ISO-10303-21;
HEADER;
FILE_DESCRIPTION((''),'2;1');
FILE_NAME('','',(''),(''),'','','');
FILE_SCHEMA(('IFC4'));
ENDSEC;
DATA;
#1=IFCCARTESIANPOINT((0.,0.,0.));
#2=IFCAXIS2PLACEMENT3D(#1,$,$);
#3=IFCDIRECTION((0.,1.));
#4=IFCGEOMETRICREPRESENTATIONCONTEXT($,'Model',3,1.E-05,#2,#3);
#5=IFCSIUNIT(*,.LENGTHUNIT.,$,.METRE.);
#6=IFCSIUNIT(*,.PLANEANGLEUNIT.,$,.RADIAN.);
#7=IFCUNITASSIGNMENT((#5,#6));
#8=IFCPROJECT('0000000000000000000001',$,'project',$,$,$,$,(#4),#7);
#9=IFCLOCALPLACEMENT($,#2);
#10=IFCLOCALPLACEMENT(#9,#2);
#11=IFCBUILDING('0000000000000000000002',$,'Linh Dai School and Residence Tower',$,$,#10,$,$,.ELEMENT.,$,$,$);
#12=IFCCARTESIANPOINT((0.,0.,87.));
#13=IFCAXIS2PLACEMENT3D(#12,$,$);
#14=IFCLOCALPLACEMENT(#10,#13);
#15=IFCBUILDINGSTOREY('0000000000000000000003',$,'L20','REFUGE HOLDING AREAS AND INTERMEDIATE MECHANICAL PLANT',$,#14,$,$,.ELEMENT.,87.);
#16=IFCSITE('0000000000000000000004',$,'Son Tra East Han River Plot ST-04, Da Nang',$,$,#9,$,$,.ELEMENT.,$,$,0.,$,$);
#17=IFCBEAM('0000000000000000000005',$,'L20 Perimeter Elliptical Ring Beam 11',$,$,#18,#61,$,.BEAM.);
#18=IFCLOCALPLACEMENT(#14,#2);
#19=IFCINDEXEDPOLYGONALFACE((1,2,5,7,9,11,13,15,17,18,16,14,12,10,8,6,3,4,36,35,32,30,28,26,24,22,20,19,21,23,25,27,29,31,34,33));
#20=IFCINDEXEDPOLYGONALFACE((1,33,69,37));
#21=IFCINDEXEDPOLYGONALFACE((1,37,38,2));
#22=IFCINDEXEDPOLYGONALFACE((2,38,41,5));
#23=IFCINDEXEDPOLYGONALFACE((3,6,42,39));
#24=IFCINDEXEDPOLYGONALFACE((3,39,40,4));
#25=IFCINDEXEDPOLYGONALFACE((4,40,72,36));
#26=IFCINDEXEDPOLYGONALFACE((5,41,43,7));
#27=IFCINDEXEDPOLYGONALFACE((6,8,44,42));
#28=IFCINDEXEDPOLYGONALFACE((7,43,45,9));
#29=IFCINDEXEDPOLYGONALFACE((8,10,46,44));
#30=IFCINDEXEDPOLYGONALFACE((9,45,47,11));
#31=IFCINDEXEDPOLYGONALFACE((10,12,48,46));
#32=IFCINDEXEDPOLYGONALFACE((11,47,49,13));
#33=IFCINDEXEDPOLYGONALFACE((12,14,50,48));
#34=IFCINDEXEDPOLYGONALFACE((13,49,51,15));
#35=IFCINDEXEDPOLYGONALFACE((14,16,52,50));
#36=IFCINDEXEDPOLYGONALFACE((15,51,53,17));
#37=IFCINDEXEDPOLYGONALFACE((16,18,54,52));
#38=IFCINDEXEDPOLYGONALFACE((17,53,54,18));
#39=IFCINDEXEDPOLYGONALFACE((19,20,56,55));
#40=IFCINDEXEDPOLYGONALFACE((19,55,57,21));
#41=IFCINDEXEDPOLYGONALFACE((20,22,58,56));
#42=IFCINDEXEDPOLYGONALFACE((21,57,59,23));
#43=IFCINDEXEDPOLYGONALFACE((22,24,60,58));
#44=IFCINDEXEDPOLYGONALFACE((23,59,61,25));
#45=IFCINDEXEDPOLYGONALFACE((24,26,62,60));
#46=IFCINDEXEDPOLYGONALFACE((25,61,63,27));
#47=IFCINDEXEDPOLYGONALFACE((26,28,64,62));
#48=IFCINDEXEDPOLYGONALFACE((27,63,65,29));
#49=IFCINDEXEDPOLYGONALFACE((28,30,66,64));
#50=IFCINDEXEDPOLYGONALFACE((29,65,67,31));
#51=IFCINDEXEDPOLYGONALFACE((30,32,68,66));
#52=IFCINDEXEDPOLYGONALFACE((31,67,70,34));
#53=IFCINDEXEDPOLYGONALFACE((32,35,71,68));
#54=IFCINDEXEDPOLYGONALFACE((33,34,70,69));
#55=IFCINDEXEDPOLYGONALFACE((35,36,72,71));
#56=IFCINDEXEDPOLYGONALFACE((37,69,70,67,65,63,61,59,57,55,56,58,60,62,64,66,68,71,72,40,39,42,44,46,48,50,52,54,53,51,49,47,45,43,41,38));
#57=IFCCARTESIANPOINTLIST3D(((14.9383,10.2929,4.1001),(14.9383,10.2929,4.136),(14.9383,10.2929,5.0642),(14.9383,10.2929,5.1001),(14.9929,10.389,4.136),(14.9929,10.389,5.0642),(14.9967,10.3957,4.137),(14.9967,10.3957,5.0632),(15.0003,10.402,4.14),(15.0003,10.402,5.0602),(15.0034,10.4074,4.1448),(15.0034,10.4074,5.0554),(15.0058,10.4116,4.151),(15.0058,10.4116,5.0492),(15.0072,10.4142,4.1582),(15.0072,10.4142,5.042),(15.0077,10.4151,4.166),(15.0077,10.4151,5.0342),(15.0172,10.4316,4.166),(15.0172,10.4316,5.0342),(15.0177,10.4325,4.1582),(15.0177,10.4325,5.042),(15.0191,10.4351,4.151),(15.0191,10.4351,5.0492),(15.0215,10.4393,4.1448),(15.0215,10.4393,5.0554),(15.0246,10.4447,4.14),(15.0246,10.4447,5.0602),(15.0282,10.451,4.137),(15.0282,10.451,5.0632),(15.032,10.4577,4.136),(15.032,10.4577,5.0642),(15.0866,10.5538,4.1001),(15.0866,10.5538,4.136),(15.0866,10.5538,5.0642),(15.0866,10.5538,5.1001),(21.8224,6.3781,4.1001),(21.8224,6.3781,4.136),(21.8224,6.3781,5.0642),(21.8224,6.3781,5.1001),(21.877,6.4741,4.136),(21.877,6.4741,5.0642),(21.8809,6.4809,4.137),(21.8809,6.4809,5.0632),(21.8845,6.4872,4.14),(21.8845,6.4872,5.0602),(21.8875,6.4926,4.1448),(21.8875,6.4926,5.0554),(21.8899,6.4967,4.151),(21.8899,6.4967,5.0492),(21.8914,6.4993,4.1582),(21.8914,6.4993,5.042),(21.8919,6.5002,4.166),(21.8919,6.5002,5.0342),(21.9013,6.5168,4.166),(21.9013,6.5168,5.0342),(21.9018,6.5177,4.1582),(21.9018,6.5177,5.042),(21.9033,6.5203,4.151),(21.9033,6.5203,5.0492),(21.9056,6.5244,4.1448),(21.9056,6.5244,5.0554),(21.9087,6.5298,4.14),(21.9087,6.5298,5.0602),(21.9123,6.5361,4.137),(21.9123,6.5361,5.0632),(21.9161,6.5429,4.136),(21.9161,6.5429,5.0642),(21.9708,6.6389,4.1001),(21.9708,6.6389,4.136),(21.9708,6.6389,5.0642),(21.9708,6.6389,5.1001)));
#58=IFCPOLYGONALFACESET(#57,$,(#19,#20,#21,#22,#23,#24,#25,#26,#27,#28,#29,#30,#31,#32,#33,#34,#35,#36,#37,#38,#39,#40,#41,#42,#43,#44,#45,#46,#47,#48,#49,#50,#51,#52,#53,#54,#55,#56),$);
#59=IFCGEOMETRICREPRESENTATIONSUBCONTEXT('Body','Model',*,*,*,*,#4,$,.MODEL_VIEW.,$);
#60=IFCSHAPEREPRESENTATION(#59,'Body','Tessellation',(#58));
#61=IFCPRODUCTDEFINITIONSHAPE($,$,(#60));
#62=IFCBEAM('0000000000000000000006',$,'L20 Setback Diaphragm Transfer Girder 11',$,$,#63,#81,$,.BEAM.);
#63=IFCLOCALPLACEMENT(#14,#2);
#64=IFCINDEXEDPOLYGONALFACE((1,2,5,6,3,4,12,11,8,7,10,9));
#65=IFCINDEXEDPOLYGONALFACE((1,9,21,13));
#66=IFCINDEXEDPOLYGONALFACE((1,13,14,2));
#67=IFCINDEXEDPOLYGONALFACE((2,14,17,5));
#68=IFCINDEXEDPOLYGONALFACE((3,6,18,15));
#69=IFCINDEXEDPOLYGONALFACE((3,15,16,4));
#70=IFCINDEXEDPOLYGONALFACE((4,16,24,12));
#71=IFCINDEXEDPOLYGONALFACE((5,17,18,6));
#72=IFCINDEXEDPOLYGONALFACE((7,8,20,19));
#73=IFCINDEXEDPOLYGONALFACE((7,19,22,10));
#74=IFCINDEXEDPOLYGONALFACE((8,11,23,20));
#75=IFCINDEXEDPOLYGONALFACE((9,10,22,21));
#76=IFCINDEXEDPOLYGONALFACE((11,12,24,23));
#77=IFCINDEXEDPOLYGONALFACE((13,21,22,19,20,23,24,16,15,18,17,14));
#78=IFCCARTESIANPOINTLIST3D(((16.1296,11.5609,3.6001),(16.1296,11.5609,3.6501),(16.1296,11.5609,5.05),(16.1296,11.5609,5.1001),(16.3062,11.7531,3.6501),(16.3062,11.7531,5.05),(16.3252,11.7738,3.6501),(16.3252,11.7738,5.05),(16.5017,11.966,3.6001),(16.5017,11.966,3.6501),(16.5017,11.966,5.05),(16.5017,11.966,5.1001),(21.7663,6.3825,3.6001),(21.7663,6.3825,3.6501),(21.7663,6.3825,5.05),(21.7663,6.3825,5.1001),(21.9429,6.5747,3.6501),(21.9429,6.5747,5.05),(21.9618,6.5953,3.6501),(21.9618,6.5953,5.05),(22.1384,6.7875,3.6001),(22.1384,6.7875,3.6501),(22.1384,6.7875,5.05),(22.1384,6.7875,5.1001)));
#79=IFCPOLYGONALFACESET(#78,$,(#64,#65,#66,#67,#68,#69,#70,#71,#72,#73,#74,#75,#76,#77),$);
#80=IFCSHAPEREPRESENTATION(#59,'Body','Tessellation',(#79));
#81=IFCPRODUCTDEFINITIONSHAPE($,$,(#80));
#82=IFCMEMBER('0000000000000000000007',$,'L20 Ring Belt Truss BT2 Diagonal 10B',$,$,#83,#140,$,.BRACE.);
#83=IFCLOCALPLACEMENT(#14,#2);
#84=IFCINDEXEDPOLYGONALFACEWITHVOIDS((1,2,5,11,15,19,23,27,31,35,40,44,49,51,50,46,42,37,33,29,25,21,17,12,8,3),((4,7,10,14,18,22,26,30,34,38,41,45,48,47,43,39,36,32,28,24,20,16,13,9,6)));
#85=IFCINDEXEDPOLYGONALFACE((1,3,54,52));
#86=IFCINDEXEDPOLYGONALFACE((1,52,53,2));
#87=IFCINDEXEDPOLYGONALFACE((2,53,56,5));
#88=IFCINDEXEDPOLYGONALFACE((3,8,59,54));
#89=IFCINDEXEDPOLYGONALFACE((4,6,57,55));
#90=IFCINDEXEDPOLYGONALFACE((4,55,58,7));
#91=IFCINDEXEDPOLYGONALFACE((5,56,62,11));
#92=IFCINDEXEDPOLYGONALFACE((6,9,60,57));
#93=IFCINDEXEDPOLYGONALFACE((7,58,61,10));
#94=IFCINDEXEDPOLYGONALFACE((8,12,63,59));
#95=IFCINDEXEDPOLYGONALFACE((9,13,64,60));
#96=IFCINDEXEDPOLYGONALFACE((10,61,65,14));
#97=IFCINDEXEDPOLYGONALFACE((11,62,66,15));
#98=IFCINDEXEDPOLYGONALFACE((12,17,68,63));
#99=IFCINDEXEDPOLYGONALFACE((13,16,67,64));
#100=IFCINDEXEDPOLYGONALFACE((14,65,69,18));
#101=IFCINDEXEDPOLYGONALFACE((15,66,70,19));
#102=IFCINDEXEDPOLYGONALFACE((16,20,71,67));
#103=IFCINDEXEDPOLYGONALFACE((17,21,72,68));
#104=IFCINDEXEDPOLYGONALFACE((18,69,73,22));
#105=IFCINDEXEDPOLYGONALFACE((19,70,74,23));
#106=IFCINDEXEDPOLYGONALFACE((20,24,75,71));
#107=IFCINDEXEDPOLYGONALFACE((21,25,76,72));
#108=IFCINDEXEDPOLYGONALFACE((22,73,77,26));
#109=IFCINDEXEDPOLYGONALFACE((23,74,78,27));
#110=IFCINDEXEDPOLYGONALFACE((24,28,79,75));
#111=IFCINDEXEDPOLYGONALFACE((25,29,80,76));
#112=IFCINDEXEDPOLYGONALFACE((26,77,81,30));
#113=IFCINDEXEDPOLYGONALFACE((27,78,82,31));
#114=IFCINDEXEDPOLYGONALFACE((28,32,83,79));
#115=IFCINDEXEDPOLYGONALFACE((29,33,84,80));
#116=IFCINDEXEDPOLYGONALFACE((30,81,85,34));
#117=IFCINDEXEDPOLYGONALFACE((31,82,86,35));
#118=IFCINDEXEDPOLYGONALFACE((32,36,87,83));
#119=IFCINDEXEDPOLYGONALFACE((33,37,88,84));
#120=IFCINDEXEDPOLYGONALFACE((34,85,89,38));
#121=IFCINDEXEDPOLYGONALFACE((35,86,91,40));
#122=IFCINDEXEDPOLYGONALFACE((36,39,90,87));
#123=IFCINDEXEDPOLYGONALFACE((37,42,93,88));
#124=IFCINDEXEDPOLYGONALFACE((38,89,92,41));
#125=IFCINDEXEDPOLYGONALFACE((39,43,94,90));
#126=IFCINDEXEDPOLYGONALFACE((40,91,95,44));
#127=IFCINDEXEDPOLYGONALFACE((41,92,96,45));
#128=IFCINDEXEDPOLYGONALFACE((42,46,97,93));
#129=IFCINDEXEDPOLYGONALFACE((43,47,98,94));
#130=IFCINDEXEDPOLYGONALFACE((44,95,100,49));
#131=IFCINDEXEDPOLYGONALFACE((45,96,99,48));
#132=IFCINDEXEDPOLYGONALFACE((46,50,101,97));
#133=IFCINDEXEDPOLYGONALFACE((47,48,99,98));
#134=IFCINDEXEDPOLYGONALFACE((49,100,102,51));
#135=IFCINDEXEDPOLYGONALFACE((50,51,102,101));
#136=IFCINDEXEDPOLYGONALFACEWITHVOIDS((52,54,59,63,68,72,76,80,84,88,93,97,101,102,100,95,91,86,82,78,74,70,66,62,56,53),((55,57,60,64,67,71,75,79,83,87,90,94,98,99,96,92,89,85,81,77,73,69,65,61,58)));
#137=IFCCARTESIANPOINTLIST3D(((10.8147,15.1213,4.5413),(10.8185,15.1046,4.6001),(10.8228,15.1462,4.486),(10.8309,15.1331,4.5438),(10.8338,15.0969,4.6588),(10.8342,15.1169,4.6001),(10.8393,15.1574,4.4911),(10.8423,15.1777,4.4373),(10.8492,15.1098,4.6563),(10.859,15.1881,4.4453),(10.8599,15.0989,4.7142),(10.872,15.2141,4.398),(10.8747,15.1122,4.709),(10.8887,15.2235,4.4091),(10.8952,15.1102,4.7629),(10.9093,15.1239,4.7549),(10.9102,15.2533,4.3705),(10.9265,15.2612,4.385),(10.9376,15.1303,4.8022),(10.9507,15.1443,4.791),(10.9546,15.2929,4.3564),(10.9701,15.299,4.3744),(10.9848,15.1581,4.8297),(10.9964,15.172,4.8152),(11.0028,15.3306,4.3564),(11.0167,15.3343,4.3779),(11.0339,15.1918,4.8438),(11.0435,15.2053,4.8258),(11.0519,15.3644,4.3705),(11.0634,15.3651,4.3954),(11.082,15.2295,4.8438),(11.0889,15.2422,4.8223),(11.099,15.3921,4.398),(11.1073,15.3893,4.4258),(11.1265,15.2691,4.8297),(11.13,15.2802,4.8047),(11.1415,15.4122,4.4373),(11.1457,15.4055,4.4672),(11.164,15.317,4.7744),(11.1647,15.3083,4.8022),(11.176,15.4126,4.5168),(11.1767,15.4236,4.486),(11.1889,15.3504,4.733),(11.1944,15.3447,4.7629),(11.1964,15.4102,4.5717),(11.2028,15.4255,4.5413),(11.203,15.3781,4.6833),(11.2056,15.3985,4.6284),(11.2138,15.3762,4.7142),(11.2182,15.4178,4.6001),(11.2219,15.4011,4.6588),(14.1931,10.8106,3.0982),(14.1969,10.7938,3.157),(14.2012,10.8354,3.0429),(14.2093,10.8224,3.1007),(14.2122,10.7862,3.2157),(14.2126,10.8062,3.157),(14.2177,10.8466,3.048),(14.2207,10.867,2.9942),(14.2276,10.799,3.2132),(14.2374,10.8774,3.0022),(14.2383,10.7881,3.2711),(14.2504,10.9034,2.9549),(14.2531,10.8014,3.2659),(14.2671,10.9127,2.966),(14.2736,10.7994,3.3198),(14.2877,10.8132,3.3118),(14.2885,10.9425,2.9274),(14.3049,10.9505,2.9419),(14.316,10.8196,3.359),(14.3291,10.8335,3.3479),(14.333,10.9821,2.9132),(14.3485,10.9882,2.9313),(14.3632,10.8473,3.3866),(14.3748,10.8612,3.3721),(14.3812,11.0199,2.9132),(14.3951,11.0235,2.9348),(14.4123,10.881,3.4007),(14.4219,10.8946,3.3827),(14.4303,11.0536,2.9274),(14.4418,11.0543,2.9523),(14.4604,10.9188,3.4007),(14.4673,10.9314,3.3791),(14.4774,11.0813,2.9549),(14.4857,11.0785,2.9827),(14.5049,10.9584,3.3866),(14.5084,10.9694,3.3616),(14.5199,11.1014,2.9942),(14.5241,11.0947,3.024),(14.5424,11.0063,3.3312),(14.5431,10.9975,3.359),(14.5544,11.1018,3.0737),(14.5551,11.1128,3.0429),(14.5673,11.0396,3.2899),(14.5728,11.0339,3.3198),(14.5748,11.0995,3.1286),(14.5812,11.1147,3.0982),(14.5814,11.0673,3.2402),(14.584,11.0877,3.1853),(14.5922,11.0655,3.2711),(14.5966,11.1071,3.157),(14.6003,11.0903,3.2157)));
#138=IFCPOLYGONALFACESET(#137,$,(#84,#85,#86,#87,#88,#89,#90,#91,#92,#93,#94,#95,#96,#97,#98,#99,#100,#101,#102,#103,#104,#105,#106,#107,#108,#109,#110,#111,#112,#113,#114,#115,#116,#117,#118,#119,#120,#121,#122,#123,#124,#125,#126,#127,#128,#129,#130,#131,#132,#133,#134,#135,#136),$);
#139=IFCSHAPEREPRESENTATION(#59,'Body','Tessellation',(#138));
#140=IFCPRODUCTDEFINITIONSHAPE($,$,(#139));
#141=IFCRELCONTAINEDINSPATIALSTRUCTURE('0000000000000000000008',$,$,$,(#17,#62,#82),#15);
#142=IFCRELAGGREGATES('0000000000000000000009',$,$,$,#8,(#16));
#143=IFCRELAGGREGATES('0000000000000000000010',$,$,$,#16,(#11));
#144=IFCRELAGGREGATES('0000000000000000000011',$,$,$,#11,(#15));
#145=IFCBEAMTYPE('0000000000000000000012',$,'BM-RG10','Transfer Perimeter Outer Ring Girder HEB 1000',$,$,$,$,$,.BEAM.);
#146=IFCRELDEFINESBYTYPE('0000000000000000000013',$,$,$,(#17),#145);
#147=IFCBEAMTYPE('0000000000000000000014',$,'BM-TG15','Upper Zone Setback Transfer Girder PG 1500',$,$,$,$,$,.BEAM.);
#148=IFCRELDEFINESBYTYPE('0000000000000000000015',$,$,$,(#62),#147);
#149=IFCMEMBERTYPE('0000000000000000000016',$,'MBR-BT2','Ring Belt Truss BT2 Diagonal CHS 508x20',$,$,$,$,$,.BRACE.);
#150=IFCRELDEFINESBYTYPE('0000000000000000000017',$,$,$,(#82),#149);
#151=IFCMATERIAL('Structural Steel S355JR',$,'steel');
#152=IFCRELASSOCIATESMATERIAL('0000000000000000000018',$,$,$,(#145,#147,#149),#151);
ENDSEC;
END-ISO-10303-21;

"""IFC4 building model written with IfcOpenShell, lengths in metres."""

from ifc_helpers import new_model, si_unit, direction, frame, origin, origin_2d, place, context, subcontext, project, spatial, hollow_circle, i_section, extrude, material, material_profile, profile_set, type_object, element, save


model = new_model("IFC4")

# Units and contexts
model_context = context("Model", 3, precision=1e-05, world=origin(), true_north=direction((0.0, 1.0)))
body_context = subcontext(model_context, "Body", "Model", "MODEL_VIEW")
ifc_project = project(units=[si_unit("LENGTHUNIT", "METRE"), si_unit("PLANEANGLEUNIT", "RADIAN")], contexts=[model_context])

# Site, building, storey
site_placement = place(None, origin())
site = spatial("IfcSite", under=ifc_project, at=site_placement, Name="Son Tra East Han River Plot ST-04, Da Nang", CompositionType="ELEMENT", RefElevation=0.0)
building_placement = place(site_placement, origin())
building = spatial("IfcBuilding", under=site, at=building_placement, Name="Linh Dai School and Residence Tower", CompositionType="ELEMENT")
storey_placement = place(building_placement, frame((0.0, 0.0, 87.0)))
storey = spatial("IfcBuildingStorey", under=building, at=storey_placement, Name="L20", Description="REFUGE HOLDING AREAS AND INTERMEDIATE MECHANICAL PLANT", CompositionType="ELEMENT", Elevation=87.0)

# Shared definitions
ifc_material_1 = material(Name="Structural Steel S355JR", Category="steel")

# Beams
ifc_material_profile_1 = material_profile(ifc_material_1, i_section(OverallWidth=0.3, OverallDepth=1.0, WebThickness=0.019, FlangeThickness=0.0359, FilletRadius=0.03, at=origin_2d()), Name="HEB 1000")
ifc_profile_set_1 = profile_set([ifc_material_profile_1], Name="Structural Steel S355JR")
beam_type_1 = type_object("IfcBeamType", Name="BM-RG10", Description="Transfer Perimeter Outer Ring Girder HEB 1000", PredefinedType="BEAM", material=ifc_profile_set_1)
beam_1_placement = place(storey_placement, frame((15.0125, 10.4233, 4.6001), z_axis=(0.869271, -0.494335, 0.0), x_axis=(0.494335, 0.869271, 0.0)))
element("IfcBeam", 1, at=beam_1_placement, inside=storey, type_object=beam_type_1, Name="L20 Perimeter Elliptical Ring Beam 11", PredefinedType="BEAM", context=body_context, shape_type="SweptSolid", body=[
    extrude(i_section(OverallWidth=0.3, OverallDepth=1.0, WebThickness=0.019, FlangeThickness=0.0359, FilletRadius=0.03, at=origin_2d()), origin(), (0.0, 0.0, 1.0), 7.9194),
])
ifc_material_profile_2 = material_profile(ifc_material_1, i_section(OverallWidth=0.55, OverallDepth=1.5, WebThickness=0.0281, FlangeThickness=0.05, at=origin_2d()), Name="PG 1500x550x28x50")
ifc_profile_set_2 = profile_set([ifc_material_profile_2], Name="Structural Steel S355JR")
beam_type_2 = type_object("IfcBeamType", Name="BM-TG15", Description="Upper Zone Setback Transfer Girder PG 1500", PredefinedType="BEAM", material=ifc_profile_set_2)
beam_2_placement = place(storey_placement, frame((16.3157, 11.7634, 4.3501), z_axis=(0.736407, -0.676539, 0.0), x_axis=(0.676539, 0.736407, 0.0)))
element("IfcBeam", 2, at=beam_2_placement, inside=storey, type_object=beam_type_2, Name="L20 Setback Diaphragm Transfer Girder 11", PredefinedType="BEAM", context=body_context, shape_type="SweptSolid", body=[
    extrude(i_section(OverallWidth=0.55, OverallDepth=1.5, WebThickness=0.0281, FlangeThickness=0.05, at=origin_2d()), origin(), (0.0, 0.0, 1.0), 7.6543),
])

# Member
ifc_material_profile_3 = material_profile(ifc_material_1, hollow_circle(Radius=0.2539, WallThickness=0.02, at=origin_2d()), Name="CHS 508x20")
ifc_profile_set_3 = profile_set([ifc_material_profile_3], Name="Structural Steel S355JR")
member_type_1 = type_object("IfcMemberType", Name="MBR-BT2", Description="Ring Belt Truss BT2 Diagonal CHS 508x20", PredefinedType="BRACE", material=ifc_profile_set_3)
member_1_placement = place(storey_placement, frame((14.3967, 10.9504, 3.157), z_axis=(-0.596488, 0.761106, 0.254794), x_axis=(-0.787083, -0.616847, 0.0)))
element("IfcMember", 3, at=member_1_placement, inside=storey, type_object=member_type_1, Name="L20 Ring Belt Truss BT2 Diagonal 10B", PredefinedType="BRACE", context=body_context, shape_type="SweptSolid", body=[
    extrude(hollow_circle(Radius=0.2539, WallThickness=0.02, at=origin_2d()), origin(), (0.0, 0.0, 1.0), 5.6638),
])

save(model, "model.ifc")
